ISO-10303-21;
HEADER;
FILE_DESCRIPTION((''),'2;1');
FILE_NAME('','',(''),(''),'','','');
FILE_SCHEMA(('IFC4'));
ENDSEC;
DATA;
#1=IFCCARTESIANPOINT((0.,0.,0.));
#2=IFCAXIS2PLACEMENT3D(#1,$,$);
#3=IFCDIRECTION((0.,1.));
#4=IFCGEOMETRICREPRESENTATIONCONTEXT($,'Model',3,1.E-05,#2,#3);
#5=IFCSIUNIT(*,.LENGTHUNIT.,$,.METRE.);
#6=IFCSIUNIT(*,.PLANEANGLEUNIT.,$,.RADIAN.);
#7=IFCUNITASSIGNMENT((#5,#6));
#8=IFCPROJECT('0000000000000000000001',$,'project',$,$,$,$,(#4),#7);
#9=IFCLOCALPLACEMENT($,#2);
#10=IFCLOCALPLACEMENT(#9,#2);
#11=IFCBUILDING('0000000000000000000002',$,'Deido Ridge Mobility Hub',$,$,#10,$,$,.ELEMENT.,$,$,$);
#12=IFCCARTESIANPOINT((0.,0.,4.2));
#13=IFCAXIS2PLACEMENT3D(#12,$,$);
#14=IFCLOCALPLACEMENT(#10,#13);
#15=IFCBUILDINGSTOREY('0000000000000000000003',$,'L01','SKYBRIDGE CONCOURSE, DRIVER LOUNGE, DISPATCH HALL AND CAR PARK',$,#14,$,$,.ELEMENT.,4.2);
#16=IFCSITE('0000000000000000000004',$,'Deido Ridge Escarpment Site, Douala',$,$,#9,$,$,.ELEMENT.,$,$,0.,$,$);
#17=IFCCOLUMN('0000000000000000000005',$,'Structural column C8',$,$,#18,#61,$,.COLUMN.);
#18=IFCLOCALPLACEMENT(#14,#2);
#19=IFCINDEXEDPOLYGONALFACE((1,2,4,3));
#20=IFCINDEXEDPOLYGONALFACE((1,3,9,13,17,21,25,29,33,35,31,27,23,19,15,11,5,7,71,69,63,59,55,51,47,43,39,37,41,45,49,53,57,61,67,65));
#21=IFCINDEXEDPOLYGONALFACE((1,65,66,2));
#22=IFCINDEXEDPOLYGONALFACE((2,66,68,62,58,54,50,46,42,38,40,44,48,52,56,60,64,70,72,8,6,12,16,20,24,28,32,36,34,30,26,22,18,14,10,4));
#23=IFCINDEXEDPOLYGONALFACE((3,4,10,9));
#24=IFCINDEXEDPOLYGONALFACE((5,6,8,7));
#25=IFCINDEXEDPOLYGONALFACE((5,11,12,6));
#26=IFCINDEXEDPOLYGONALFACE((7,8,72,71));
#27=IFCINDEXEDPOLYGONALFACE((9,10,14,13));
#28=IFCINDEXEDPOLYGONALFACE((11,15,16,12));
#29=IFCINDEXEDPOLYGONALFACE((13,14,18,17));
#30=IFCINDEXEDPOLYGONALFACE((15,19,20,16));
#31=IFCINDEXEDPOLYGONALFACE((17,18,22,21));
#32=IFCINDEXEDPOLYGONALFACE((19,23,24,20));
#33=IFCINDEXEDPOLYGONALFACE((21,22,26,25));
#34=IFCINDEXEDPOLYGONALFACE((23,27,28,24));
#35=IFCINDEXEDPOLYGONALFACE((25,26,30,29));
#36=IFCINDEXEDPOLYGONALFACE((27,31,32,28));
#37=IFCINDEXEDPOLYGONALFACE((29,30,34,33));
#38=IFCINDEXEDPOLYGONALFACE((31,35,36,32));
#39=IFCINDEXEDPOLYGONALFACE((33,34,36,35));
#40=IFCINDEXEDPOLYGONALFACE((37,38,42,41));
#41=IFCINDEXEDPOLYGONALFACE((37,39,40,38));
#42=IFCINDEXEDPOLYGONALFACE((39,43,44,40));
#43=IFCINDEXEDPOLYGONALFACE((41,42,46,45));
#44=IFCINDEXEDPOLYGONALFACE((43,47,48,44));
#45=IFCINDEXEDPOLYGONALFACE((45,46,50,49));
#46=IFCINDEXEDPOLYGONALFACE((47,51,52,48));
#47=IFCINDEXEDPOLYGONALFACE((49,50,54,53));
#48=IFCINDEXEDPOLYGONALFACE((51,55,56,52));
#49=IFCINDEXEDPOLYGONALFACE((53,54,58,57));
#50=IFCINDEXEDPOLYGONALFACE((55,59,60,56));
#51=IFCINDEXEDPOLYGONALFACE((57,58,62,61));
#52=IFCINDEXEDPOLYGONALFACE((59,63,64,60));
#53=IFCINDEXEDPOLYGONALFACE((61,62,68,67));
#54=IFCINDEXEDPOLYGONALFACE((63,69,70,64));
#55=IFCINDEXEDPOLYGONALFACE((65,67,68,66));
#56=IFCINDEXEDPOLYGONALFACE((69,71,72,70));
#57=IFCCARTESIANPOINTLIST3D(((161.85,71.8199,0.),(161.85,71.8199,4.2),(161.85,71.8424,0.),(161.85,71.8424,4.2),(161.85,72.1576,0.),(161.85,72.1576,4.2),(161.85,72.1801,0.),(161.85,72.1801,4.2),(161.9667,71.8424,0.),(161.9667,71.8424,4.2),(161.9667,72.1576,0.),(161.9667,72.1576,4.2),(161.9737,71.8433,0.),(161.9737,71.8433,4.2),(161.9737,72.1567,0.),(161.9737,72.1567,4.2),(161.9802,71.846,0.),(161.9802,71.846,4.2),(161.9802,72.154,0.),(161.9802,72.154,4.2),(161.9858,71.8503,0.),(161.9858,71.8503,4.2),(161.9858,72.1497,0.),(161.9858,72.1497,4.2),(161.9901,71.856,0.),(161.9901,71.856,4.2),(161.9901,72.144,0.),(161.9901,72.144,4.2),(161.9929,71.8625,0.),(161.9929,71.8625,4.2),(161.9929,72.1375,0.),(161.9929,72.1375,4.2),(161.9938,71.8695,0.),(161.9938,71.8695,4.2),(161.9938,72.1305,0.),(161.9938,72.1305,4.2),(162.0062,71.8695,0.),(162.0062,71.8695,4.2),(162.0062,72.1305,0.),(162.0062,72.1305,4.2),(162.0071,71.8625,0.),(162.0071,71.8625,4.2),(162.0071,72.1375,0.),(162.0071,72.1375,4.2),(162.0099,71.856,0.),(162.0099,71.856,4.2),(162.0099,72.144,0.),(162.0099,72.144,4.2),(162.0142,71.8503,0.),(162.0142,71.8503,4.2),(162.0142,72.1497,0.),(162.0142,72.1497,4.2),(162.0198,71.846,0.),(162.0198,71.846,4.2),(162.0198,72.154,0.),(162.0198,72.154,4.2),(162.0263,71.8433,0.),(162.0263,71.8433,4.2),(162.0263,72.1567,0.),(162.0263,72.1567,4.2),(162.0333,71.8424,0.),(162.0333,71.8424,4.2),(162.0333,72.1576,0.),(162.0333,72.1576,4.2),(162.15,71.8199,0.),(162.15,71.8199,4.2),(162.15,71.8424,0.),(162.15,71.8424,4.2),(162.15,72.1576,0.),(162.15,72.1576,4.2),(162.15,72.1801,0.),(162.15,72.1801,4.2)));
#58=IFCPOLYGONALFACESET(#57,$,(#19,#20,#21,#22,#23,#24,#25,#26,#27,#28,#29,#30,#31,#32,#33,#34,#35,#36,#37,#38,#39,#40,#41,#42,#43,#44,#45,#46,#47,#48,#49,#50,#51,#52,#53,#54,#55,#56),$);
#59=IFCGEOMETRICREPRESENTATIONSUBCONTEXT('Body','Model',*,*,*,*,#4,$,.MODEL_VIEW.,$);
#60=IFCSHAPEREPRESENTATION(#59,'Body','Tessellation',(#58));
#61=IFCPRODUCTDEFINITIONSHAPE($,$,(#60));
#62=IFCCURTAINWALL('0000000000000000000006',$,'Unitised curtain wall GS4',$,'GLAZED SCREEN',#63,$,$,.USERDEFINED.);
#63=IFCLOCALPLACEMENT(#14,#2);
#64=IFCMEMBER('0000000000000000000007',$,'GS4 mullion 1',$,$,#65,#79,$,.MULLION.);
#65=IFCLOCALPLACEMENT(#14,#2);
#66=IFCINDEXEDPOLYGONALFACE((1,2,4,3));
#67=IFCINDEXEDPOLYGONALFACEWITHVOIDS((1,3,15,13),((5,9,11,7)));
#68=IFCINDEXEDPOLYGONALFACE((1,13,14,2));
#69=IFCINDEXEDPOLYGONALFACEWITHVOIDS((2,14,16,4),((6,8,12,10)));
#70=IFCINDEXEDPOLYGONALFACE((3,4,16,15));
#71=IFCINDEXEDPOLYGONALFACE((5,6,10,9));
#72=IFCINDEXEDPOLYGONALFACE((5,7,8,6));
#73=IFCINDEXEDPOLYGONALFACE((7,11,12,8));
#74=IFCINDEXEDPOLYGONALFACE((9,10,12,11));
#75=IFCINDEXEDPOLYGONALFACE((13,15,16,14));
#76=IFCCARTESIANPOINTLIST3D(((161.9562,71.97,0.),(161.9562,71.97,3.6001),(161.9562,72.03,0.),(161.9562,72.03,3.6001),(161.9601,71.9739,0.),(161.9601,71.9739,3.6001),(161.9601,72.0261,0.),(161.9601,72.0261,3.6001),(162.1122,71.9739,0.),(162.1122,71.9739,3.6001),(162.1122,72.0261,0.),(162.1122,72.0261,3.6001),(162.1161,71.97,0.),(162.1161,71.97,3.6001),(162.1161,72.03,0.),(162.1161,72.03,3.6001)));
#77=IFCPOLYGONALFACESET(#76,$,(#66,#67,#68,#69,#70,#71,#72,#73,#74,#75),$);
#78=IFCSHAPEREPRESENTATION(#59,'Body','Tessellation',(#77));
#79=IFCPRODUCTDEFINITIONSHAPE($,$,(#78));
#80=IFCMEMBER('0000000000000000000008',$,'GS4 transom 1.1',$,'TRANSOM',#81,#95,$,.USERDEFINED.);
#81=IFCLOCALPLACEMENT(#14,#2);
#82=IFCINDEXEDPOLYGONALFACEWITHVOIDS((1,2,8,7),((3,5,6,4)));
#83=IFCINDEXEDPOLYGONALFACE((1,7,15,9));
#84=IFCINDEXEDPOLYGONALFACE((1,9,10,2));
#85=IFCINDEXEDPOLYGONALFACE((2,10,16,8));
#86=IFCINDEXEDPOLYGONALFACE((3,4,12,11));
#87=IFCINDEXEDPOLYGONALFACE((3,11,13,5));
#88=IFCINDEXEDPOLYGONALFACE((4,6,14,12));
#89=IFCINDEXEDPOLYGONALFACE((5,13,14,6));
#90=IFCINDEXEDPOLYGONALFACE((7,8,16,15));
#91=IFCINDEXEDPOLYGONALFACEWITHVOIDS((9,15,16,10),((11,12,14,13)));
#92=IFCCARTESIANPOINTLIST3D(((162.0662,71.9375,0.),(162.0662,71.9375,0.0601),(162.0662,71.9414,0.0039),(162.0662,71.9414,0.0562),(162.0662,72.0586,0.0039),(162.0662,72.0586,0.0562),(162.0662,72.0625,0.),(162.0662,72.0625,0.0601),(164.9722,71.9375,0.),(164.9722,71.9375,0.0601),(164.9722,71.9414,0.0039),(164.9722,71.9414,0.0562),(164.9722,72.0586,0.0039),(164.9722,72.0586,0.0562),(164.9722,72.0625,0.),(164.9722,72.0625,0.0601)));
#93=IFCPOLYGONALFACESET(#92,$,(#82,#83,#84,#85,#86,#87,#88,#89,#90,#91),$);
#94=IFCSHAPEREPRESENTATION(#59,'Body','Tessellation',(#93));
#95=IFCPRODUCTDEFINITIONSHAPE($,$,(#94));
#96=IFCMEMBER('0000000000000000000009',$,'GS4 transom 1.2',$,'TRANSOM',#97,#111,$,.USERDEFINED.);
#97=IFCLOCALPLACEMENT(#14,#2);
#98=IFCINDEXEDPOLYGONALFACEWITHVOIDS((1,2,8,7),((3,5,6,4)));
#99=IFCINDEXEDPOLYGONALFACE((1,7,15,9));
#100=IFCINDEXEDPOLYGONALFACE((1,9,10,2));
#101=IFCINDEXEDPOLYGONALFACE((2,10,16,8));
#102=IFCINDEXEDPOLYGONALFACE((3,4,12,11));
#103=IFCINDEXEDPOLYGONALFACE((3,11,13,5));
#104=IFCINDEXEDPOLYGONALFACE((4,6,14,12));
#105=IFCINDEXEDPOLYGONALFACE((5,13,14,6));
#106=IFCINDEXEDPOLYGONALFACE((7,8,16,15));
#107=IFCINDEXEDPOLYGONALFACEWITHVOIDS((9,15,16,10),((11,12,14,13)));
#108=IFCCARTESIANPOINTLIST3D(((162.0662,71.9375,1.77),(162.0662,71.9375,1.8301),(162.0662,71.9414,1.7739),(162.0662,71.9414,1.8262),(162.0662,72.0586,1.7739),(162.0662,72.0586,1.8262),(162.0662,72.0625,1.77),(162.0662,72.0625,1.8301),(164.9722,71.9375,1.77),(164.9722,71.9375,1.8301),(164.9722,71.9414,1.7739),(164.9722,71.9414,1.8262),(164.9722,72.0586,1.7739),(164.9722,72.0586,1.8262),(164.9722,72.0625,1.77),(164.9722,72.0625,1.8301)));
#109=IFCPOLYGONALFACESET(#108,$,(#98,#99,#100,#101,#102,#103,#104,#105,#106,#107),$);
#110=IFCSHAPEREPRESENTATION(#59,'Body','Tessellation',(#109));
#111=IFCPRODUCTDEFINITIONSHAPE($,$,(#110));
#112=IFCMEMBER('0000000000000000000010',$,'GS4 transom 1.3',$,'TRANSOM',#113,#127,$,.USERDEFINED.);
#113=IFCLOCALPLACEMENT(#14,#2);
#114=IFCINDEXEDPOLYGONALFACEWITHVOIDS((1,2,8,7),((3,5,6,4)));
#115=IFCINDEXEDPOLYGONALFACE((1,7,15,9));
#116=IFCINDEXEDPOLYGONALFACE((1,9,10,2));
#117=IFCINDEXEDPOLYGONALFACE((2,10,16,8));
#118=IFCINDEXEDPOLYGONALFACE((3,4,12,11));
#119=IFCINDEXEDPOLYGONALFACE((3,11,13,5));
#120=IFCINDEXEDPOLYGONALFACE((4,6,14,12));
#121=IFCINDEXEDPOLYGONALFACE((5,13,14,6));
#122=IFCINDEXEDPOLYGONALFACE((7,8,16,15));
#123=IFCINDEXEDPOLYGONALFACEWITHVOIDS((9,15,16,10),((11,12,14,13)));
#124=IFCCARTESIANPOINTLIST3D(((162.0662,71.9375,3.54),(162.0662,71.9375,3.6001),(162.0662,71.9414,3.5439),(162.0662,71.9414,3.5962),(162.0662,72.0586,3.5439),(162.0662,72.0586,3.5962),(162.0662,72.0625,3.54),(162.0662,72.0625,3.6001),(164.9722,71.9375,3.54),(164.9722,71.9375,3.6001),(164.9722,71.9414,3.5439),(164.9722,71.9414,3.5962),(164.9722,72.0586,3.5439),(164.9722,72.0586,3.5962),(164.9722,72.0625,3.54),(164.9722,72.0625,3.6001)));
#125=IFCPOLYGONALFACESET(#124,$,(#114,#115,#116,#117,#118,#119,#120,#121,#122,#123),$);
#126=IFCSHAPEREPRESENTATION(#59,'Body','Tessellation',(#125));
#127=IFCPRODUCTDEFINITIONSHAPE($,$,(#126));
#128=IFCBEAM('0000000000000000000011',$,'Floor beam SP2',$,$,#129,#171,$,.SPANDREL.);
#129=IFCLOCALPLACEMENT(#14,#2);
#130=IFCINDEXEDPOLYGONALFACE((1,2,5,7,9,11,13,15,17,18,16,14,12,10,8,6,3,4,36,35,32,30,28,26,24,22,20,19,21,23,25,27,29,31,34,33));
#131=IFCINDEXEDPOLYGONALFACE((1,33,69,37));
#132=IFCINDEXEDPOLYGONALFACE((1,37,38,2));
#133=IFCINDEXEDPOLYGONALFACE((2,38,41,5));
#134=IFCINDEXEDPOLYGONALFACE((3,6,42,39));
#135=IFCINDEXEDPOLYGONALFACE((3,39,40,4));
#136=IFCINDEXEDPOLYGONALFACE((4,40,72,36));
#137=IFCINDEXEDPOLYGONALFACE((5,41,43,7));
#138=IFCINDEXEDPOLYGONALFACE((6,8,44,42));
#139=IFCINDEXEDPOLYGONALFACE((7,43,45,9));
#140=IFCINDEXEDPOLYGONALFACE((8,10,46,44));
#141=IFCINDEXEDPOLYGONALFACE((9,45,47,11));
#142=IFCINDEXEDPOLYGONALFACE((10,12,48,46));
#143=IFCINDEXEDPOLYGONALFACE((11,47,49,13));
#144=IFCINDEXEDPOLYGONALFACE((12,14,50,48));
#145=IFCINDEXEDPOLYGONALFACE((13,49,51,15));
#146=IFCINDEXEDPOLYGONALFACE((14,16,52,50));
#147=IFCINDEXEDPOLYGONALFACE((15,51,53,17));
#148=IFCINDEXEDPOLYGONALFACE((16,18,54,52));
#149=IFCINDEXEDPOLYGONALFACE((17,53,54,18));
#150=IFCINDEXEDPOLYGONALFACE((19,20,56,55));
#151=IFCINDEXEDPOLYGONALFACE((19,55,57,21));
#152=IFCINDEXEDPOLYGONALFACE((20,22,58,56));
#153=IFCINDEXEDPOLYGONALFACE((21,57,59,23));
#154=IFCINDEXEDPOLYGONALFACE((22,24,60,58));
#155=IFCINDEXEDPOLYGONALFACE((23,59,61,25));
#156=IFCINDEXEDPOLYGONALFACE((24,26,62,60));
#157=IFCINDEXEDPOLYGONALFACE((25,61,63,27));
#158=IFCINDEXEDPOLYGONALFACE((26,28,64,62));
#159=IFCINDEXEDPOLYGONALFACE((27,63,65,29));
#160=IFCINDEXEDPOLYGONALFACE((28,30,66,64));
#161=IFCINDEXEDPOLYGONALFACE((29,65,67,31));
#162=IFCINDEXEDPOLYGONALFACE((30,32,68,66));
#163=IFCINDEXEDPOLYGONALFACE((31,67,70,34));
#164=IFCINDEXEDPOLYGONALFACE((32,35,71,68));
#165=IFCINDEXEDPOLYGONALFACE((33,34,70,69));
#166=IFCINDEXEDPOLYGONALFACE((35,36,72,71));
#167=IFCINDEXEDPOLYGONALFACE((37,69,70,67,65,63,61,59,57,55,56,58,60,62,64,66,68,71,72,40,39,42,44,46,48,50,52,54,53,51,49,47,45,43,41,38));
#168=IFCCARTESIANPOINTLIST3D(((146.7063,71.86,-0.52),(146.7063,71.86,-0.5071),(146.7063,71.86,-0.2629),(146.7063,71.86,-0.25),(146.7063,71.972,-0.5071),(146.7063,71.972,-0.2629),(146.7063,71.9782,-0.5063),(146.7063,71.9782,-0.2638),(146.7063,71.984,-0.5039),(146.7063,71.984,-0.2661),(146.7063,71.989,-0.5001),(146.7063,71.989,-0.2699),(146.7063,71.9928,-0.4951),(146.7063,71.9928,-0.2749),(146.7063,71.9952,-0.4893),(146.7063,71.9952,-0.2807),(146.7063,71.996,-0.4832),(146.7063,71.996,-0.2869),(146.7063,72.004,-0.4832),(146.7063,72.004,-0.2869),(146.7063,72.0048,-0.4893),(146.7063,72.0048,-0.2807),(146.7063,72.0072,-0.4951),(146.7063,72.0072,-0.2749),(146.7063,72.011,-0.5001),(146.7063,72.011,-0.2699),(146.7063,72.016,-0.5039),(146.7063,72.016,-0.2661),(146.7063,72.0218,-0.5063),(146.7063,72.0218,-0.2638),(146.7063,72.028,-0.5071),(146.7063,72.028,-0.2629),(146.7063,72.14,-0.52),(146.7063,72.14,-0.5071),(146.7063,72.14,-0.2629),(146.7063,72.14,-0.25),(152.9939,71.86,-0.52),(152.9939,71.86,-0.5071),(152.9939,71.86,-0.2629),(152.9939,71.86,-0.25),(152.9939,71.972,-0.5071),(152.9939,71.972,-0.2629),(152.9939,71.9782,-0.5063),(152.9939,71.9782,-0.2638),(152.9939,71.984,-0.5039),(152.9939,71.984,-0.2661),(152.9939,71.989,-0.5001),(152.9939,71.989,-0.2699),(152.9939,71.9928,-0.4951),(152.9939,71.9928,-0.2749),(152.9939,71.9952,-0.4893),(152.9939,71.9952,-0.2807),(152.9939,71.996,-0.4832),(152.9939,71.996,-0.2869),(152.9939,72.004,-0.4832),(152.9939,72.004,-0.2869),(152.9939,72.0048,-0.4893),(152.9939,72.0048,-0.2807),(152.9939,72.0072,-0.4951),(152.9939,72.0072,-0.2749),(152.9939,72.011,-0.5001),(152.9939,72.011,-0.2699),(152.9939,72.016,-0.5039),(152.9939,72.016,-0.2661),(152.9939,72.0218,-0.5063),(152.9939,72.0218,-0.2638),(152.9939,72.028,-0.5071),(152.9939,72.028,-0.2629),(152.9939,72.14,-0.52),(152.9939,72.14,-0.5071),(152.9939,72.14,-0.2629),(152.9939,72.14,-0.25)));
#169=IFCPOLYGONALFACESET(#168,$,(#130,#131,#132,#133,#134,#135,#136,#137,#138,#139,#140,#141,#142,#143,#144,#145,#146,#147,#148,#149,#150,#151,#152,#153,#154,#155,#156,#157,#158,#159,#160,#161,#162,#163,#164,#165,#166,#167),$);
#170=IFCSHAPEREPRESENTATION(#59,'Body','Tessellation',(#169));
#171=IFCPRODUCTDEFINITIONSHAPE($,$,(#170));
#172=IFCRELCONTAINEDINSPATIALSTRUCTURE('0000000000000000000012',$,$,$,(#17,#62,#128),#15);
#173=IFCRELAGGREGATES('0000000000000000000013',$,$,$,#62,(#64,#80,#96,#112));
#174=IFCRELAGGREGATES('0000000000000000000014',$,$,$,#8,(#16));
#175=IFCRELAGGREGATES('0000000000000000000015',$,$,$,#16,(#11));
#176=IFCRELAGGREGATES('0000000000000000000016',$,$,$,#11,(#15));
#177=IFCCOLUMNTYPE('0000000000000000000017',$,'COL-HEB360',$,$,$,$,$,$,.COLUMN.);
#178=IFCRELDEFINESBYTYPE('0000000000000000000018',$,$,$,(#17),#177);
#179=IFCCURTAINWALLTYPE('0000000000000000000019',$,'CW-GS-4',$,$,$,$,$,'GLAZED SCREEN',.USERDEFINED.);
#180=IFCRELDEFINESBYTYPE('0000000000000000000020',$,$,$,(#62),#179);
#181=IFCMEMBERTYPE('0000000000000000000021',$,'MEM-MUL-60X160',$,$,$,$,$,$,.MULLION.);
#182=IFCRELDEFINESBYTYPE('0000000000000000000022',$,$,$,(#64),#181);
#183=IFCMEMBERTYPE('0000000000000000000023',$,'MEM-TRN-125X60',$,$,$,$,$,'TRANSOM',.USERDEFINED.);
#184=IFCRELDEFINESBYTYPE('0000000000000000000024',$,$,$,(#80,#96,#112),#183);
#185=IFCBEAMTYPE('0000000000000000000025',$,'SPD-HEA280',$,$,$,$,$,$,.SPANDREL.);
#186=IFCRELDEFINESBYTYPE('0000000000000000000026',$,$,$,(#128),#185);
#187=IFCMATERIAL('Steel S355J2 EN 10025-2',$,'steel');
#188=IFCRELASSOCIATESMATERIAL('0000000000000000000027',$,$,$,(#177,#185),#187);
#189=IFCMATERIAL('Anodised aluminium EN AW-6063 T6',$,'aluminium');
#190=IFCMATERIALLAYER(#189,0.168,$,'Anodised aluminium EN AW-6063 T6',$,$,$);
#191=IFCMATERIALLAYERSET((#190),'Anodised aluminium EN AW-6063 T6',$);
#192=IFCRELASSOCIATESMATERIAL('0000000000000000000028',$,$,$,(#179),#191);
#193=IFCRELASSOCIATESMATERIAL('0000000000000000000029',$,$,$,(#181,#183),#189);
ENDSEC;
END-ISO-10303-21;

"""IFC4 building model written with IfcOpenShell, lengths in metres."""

from ifc_helpers import new_model, si_unit, direction, frame, origin, origin_2d, place, context, subcontext, project, spatial, hollow_rectangle, i_section, extrude, material, layer, layer_set, material_profile, profile_set, type_object, element, aggregate, save


model = new_model("IFC4")

# Units and contexts
model_context = context("Model", 3, precision=1e-05, world=origin(), true_north=direction((0.0, 1.0)))
body_context = subcontext(model_context, "Body", "Model", "MODEL_VIEW")
ifc_project = project(units=[si_unit("LENGTHUNIT", "METRE"), si_unit("PLANEANGLEUNIT", "RADIAN")], contexts=[model_context])

# Site, building, storey
site_placement = place(None, origin())
site = spatial("IfcSite", under=ifc_project, at=site_placement, Name="Deido Ridge Escarpment Site, Douala", CompositionType="ELEMENT", RefElevation=0.0)
building_placement = place(site_placement, origin())
building = spatial("IfcBuilding", under=site, at=building_placement, Name="Deido Ridge Mobility Hub", CompositionType="ELEMENT")
storey_placement = place(building_placement, frame((0.0, 0.0, 4.2)))
storey = spatial("IfcBuildingStorey", under=building, at=storey_placement, Name="L01", Description="SKYBRIDGE CONCOURSE, DRIVER LOUNGE, DISPATCH HALL AND CAR PARK", CompositionType="ELEMENT", Elevation=4.2)

# Column
ifc_material_1 = material(Name="Steel S355J2 EN 10025-2", Category="steel")
ifc_material_profile_1 = material_profile(ifc_material_1, i_section(OverallWidth=0.3, OverallDepth=0.3601, WebThickness=0.0125, FlangeThickness=0.0225, FilletRadius=0.0271, at=origin_2d()), Name="HEB 360")
ifc_profile_set_1 = profile_set([ifc_material_profile_1], Name="Steel S355J2 EN 10025-2")
column_type_1 = type_object("IfcColumnType", Name="COL-HEB360", PredefinedType="COLUMN", material=ifc_profile_set_1)
for number, where, z_axis, x_axis, name in (
    (1, (162.0, 72.0, 0.0), (0.0, 0.0, 1.0), (1.0, 0.0, 0.0), "Structural column C8"),
):
    element("IfcColumn", number, at=place(storey_placement, frame(where, z_axis=z_axis, x_axis=x_axis)), inside=storey, type_object=column_type_1, Name=name, PredefinedType="COLUMN", context=body_context, shape_type="SweptSolid", body=[
        extrude(i_section(OverallWidth=0.3, OverallDepth=0.3601, WebThickness=0.0125, FlangeThickness=0.0225, FilletRadius=0.0271, at=origin_2d()), origin(), (0.0, 0.0, 1.0), 4.2),
    ])

# Curtain wall, members
ifc_material_2 = material(Name="Anodised aluminium EN AW-6063 T6", Category="aluminium")
ifc_layer_1 = layer(ifc_material_2, 0.168, Name="Anodised aluminium EN AW-6063 T6")
ifc_layer_set_1 = layer_set([ifc_layer_1], Name="Anodised aluminium EN AW-6063 T6")
curtain_wall_type = type_object("IfcCurtainWallType", Name="CW-GS-4", ElementType="GLAZED SCREEN", PredefinedType="USERDEFINED", material=ifc_layer_set_1)
curtain_wall_placement = place(storey_placement, origin())
curtain_wall = element("IfcCurtainWall", 2, at=curtain_wall_placement, inside=storey, type_object=curtain_wall_type, Name="Unitised curtain wall GS4", ObjectType="GLAZED SCREEN", PredefinedType="USERDEFINED")
ifc_material_profile_2 = material_profile(ifc_material_2, hollow_rectangle(XDim=0.0601, YDim=0.1599, WallThickness=0.0039, at=origin_2d()), Name="RHS 60x160x4")
ifc_profile_set_2 = profile_set([ifc_material_profile_2], Name="Anodised aluminium EN AW-6063 T6")
member_type_1 = type_object("IfcMemberType", Name="MEM-MUL-60X160", PredefinedType="MULLION", material=ifc_profile_set_2)
member_1_placement = place(storey_placement, frame((162.0361, 72.0, 0.0), z_axis=(0.0, 0.0, 1.0), x_axis=(0.0, 1.0, 0.0)))
member_1 = element("IfcMember", 3, at=member_1_placement, type_object=member_type_1, Name="GS4 mullion 1", PredefinedType="MULLION", context=body_context, shape_type="SweptSolid", body=[
    extrude(hollow_rectangle(XDim=0.0601, YDim=0.1599, WallThickness=0.0039, at=origin_2d()), origin(), (0.0, 0.0, 1.0), 3.6001),
])
ifc_material_profile_3 = material_profile(ifc_material_2, hollow_rectangle(XDim=0.125, YDim=0.0601, WallThickness=0.0039, at=origin_2d()), Name="RHS 125x60x4")
ifc_profile_set_3 = profile_set([ifc_material_profile_3], Name="Anodised aluminium EN AW-6063 T6")
member_type_2 = type_object("IfcMemberType", Name="MEM-TRN-125X60", ElementType="TRANSOM", PredefinedType="USERDEFINED", material=ifc_profile_set_3)
member_2_placement = place(storey_placement, frame((162.0662, 72.0, 0.03), z_axis=(1.0, 0.0, 0.0), x_axis=(0.0, 1.0, 0.0)))
member_2 = element("IfcMember", 4, at=member_2_placement, type_object=member_type_2, Name="GS4 transom 1.1", ObjectType="TRANSOM", PredefinedType="USERDEFINED", context=body_context, shape_type="SweptSolid", body=[
    extrude(hollow_rectangle(XDim=0.125, YDim=0.0601, WallThickness=0.0039, at=origin_2d()), origin(), (0.0, 0.0, 1.0), 2.906),
])
member_3_placement = place(storey_placement, frame((162.0662, 72.0, 1.8), z_axis=(1.0, 0.0, 0.0), x_axis=(0.0, 1.0, 0.0)))
member_3 = element("IfcMember", 5, at=member_3_placement, type_object=member_type_2, Name="GS4 transom 1.2", ObjectType="TRANSOM", PredefinedType="USERDEFINED", context=body_context, shape_type="SweptSolid", body=[
    extrude(hollow_rectangle(XDim=0.125, YDim=0.0601, WallThickness=0.0039, at=origin_2d()), origin(), (0.0, 0.0, 1.0), 2.906),
])
member_4_placement = place(storey_placement, frame((162.0662, 72.0, 3.5701), z_axis=(1.0, 0.0, 0.0), x_axis=(0.0, 1.0, 0.0)))
member_4 = element("IfcMember", 6, at=member_4_placement, type_object=member_type_2, Name="GS4 transom 1.3", ObjectType="TRANSOM", PredefinedType="USERDEFINED", context=body_context, shape_type="SweptSolid", body=[
    extrude(hollow_rectangle(XDim=0.125, YDim=0.0601, WallThickness=0.0039, at=origin_2d()), origin(), (0.0, 0.0, 1.0), 2.906),
])

# Beam
ifc_material_profile_4 = material_profile(ifc_material_1, i_section(OverallWidth=0.28, OverallDepth=0.27, WebThickness=0.0081, FlangeThickness=0.0129, FilletRadius=0.0239, at=origin_2d()), Name="HEA 280")
ifc_profile_set_4 = profile_set([ifc_material_profile_4], Name="Steel S355J2 EN 10025-2")
beam_type_1 = type_object("IfcBeamType", Name="SPD-HEA280", PredefinedType="SPANDREL", material=ifc_profile_set_4)
beam_1_placement = place(storey_placement, frame((146.7063, 72.0, -0.385), z_axis=(1.0, 0.0, 0.0), x_axis=(0.0, 1.0, 0.0)))
element("IfcBeam", 7, at=beam_1_placement, inside=storey, type_object=beam_type_1, Name="Floor beam SP2", PredefinedType="SPANDREL", context=body_context, shape_type="SweptSolid", body=[
    extrude(i_section(OverallWidth=0.28, OverallDepth=0.27, WebThickness=0.0081, FlangeThickness=0.0129, FilletRadius=0.0239, at=origin_2d()), origin(), (0.0, 0.0, 1.0), 6.2876),
])

aggregate(curtain_wall, [member_1, member_2, member_3, member_4])

save(model, "model.ifc")
